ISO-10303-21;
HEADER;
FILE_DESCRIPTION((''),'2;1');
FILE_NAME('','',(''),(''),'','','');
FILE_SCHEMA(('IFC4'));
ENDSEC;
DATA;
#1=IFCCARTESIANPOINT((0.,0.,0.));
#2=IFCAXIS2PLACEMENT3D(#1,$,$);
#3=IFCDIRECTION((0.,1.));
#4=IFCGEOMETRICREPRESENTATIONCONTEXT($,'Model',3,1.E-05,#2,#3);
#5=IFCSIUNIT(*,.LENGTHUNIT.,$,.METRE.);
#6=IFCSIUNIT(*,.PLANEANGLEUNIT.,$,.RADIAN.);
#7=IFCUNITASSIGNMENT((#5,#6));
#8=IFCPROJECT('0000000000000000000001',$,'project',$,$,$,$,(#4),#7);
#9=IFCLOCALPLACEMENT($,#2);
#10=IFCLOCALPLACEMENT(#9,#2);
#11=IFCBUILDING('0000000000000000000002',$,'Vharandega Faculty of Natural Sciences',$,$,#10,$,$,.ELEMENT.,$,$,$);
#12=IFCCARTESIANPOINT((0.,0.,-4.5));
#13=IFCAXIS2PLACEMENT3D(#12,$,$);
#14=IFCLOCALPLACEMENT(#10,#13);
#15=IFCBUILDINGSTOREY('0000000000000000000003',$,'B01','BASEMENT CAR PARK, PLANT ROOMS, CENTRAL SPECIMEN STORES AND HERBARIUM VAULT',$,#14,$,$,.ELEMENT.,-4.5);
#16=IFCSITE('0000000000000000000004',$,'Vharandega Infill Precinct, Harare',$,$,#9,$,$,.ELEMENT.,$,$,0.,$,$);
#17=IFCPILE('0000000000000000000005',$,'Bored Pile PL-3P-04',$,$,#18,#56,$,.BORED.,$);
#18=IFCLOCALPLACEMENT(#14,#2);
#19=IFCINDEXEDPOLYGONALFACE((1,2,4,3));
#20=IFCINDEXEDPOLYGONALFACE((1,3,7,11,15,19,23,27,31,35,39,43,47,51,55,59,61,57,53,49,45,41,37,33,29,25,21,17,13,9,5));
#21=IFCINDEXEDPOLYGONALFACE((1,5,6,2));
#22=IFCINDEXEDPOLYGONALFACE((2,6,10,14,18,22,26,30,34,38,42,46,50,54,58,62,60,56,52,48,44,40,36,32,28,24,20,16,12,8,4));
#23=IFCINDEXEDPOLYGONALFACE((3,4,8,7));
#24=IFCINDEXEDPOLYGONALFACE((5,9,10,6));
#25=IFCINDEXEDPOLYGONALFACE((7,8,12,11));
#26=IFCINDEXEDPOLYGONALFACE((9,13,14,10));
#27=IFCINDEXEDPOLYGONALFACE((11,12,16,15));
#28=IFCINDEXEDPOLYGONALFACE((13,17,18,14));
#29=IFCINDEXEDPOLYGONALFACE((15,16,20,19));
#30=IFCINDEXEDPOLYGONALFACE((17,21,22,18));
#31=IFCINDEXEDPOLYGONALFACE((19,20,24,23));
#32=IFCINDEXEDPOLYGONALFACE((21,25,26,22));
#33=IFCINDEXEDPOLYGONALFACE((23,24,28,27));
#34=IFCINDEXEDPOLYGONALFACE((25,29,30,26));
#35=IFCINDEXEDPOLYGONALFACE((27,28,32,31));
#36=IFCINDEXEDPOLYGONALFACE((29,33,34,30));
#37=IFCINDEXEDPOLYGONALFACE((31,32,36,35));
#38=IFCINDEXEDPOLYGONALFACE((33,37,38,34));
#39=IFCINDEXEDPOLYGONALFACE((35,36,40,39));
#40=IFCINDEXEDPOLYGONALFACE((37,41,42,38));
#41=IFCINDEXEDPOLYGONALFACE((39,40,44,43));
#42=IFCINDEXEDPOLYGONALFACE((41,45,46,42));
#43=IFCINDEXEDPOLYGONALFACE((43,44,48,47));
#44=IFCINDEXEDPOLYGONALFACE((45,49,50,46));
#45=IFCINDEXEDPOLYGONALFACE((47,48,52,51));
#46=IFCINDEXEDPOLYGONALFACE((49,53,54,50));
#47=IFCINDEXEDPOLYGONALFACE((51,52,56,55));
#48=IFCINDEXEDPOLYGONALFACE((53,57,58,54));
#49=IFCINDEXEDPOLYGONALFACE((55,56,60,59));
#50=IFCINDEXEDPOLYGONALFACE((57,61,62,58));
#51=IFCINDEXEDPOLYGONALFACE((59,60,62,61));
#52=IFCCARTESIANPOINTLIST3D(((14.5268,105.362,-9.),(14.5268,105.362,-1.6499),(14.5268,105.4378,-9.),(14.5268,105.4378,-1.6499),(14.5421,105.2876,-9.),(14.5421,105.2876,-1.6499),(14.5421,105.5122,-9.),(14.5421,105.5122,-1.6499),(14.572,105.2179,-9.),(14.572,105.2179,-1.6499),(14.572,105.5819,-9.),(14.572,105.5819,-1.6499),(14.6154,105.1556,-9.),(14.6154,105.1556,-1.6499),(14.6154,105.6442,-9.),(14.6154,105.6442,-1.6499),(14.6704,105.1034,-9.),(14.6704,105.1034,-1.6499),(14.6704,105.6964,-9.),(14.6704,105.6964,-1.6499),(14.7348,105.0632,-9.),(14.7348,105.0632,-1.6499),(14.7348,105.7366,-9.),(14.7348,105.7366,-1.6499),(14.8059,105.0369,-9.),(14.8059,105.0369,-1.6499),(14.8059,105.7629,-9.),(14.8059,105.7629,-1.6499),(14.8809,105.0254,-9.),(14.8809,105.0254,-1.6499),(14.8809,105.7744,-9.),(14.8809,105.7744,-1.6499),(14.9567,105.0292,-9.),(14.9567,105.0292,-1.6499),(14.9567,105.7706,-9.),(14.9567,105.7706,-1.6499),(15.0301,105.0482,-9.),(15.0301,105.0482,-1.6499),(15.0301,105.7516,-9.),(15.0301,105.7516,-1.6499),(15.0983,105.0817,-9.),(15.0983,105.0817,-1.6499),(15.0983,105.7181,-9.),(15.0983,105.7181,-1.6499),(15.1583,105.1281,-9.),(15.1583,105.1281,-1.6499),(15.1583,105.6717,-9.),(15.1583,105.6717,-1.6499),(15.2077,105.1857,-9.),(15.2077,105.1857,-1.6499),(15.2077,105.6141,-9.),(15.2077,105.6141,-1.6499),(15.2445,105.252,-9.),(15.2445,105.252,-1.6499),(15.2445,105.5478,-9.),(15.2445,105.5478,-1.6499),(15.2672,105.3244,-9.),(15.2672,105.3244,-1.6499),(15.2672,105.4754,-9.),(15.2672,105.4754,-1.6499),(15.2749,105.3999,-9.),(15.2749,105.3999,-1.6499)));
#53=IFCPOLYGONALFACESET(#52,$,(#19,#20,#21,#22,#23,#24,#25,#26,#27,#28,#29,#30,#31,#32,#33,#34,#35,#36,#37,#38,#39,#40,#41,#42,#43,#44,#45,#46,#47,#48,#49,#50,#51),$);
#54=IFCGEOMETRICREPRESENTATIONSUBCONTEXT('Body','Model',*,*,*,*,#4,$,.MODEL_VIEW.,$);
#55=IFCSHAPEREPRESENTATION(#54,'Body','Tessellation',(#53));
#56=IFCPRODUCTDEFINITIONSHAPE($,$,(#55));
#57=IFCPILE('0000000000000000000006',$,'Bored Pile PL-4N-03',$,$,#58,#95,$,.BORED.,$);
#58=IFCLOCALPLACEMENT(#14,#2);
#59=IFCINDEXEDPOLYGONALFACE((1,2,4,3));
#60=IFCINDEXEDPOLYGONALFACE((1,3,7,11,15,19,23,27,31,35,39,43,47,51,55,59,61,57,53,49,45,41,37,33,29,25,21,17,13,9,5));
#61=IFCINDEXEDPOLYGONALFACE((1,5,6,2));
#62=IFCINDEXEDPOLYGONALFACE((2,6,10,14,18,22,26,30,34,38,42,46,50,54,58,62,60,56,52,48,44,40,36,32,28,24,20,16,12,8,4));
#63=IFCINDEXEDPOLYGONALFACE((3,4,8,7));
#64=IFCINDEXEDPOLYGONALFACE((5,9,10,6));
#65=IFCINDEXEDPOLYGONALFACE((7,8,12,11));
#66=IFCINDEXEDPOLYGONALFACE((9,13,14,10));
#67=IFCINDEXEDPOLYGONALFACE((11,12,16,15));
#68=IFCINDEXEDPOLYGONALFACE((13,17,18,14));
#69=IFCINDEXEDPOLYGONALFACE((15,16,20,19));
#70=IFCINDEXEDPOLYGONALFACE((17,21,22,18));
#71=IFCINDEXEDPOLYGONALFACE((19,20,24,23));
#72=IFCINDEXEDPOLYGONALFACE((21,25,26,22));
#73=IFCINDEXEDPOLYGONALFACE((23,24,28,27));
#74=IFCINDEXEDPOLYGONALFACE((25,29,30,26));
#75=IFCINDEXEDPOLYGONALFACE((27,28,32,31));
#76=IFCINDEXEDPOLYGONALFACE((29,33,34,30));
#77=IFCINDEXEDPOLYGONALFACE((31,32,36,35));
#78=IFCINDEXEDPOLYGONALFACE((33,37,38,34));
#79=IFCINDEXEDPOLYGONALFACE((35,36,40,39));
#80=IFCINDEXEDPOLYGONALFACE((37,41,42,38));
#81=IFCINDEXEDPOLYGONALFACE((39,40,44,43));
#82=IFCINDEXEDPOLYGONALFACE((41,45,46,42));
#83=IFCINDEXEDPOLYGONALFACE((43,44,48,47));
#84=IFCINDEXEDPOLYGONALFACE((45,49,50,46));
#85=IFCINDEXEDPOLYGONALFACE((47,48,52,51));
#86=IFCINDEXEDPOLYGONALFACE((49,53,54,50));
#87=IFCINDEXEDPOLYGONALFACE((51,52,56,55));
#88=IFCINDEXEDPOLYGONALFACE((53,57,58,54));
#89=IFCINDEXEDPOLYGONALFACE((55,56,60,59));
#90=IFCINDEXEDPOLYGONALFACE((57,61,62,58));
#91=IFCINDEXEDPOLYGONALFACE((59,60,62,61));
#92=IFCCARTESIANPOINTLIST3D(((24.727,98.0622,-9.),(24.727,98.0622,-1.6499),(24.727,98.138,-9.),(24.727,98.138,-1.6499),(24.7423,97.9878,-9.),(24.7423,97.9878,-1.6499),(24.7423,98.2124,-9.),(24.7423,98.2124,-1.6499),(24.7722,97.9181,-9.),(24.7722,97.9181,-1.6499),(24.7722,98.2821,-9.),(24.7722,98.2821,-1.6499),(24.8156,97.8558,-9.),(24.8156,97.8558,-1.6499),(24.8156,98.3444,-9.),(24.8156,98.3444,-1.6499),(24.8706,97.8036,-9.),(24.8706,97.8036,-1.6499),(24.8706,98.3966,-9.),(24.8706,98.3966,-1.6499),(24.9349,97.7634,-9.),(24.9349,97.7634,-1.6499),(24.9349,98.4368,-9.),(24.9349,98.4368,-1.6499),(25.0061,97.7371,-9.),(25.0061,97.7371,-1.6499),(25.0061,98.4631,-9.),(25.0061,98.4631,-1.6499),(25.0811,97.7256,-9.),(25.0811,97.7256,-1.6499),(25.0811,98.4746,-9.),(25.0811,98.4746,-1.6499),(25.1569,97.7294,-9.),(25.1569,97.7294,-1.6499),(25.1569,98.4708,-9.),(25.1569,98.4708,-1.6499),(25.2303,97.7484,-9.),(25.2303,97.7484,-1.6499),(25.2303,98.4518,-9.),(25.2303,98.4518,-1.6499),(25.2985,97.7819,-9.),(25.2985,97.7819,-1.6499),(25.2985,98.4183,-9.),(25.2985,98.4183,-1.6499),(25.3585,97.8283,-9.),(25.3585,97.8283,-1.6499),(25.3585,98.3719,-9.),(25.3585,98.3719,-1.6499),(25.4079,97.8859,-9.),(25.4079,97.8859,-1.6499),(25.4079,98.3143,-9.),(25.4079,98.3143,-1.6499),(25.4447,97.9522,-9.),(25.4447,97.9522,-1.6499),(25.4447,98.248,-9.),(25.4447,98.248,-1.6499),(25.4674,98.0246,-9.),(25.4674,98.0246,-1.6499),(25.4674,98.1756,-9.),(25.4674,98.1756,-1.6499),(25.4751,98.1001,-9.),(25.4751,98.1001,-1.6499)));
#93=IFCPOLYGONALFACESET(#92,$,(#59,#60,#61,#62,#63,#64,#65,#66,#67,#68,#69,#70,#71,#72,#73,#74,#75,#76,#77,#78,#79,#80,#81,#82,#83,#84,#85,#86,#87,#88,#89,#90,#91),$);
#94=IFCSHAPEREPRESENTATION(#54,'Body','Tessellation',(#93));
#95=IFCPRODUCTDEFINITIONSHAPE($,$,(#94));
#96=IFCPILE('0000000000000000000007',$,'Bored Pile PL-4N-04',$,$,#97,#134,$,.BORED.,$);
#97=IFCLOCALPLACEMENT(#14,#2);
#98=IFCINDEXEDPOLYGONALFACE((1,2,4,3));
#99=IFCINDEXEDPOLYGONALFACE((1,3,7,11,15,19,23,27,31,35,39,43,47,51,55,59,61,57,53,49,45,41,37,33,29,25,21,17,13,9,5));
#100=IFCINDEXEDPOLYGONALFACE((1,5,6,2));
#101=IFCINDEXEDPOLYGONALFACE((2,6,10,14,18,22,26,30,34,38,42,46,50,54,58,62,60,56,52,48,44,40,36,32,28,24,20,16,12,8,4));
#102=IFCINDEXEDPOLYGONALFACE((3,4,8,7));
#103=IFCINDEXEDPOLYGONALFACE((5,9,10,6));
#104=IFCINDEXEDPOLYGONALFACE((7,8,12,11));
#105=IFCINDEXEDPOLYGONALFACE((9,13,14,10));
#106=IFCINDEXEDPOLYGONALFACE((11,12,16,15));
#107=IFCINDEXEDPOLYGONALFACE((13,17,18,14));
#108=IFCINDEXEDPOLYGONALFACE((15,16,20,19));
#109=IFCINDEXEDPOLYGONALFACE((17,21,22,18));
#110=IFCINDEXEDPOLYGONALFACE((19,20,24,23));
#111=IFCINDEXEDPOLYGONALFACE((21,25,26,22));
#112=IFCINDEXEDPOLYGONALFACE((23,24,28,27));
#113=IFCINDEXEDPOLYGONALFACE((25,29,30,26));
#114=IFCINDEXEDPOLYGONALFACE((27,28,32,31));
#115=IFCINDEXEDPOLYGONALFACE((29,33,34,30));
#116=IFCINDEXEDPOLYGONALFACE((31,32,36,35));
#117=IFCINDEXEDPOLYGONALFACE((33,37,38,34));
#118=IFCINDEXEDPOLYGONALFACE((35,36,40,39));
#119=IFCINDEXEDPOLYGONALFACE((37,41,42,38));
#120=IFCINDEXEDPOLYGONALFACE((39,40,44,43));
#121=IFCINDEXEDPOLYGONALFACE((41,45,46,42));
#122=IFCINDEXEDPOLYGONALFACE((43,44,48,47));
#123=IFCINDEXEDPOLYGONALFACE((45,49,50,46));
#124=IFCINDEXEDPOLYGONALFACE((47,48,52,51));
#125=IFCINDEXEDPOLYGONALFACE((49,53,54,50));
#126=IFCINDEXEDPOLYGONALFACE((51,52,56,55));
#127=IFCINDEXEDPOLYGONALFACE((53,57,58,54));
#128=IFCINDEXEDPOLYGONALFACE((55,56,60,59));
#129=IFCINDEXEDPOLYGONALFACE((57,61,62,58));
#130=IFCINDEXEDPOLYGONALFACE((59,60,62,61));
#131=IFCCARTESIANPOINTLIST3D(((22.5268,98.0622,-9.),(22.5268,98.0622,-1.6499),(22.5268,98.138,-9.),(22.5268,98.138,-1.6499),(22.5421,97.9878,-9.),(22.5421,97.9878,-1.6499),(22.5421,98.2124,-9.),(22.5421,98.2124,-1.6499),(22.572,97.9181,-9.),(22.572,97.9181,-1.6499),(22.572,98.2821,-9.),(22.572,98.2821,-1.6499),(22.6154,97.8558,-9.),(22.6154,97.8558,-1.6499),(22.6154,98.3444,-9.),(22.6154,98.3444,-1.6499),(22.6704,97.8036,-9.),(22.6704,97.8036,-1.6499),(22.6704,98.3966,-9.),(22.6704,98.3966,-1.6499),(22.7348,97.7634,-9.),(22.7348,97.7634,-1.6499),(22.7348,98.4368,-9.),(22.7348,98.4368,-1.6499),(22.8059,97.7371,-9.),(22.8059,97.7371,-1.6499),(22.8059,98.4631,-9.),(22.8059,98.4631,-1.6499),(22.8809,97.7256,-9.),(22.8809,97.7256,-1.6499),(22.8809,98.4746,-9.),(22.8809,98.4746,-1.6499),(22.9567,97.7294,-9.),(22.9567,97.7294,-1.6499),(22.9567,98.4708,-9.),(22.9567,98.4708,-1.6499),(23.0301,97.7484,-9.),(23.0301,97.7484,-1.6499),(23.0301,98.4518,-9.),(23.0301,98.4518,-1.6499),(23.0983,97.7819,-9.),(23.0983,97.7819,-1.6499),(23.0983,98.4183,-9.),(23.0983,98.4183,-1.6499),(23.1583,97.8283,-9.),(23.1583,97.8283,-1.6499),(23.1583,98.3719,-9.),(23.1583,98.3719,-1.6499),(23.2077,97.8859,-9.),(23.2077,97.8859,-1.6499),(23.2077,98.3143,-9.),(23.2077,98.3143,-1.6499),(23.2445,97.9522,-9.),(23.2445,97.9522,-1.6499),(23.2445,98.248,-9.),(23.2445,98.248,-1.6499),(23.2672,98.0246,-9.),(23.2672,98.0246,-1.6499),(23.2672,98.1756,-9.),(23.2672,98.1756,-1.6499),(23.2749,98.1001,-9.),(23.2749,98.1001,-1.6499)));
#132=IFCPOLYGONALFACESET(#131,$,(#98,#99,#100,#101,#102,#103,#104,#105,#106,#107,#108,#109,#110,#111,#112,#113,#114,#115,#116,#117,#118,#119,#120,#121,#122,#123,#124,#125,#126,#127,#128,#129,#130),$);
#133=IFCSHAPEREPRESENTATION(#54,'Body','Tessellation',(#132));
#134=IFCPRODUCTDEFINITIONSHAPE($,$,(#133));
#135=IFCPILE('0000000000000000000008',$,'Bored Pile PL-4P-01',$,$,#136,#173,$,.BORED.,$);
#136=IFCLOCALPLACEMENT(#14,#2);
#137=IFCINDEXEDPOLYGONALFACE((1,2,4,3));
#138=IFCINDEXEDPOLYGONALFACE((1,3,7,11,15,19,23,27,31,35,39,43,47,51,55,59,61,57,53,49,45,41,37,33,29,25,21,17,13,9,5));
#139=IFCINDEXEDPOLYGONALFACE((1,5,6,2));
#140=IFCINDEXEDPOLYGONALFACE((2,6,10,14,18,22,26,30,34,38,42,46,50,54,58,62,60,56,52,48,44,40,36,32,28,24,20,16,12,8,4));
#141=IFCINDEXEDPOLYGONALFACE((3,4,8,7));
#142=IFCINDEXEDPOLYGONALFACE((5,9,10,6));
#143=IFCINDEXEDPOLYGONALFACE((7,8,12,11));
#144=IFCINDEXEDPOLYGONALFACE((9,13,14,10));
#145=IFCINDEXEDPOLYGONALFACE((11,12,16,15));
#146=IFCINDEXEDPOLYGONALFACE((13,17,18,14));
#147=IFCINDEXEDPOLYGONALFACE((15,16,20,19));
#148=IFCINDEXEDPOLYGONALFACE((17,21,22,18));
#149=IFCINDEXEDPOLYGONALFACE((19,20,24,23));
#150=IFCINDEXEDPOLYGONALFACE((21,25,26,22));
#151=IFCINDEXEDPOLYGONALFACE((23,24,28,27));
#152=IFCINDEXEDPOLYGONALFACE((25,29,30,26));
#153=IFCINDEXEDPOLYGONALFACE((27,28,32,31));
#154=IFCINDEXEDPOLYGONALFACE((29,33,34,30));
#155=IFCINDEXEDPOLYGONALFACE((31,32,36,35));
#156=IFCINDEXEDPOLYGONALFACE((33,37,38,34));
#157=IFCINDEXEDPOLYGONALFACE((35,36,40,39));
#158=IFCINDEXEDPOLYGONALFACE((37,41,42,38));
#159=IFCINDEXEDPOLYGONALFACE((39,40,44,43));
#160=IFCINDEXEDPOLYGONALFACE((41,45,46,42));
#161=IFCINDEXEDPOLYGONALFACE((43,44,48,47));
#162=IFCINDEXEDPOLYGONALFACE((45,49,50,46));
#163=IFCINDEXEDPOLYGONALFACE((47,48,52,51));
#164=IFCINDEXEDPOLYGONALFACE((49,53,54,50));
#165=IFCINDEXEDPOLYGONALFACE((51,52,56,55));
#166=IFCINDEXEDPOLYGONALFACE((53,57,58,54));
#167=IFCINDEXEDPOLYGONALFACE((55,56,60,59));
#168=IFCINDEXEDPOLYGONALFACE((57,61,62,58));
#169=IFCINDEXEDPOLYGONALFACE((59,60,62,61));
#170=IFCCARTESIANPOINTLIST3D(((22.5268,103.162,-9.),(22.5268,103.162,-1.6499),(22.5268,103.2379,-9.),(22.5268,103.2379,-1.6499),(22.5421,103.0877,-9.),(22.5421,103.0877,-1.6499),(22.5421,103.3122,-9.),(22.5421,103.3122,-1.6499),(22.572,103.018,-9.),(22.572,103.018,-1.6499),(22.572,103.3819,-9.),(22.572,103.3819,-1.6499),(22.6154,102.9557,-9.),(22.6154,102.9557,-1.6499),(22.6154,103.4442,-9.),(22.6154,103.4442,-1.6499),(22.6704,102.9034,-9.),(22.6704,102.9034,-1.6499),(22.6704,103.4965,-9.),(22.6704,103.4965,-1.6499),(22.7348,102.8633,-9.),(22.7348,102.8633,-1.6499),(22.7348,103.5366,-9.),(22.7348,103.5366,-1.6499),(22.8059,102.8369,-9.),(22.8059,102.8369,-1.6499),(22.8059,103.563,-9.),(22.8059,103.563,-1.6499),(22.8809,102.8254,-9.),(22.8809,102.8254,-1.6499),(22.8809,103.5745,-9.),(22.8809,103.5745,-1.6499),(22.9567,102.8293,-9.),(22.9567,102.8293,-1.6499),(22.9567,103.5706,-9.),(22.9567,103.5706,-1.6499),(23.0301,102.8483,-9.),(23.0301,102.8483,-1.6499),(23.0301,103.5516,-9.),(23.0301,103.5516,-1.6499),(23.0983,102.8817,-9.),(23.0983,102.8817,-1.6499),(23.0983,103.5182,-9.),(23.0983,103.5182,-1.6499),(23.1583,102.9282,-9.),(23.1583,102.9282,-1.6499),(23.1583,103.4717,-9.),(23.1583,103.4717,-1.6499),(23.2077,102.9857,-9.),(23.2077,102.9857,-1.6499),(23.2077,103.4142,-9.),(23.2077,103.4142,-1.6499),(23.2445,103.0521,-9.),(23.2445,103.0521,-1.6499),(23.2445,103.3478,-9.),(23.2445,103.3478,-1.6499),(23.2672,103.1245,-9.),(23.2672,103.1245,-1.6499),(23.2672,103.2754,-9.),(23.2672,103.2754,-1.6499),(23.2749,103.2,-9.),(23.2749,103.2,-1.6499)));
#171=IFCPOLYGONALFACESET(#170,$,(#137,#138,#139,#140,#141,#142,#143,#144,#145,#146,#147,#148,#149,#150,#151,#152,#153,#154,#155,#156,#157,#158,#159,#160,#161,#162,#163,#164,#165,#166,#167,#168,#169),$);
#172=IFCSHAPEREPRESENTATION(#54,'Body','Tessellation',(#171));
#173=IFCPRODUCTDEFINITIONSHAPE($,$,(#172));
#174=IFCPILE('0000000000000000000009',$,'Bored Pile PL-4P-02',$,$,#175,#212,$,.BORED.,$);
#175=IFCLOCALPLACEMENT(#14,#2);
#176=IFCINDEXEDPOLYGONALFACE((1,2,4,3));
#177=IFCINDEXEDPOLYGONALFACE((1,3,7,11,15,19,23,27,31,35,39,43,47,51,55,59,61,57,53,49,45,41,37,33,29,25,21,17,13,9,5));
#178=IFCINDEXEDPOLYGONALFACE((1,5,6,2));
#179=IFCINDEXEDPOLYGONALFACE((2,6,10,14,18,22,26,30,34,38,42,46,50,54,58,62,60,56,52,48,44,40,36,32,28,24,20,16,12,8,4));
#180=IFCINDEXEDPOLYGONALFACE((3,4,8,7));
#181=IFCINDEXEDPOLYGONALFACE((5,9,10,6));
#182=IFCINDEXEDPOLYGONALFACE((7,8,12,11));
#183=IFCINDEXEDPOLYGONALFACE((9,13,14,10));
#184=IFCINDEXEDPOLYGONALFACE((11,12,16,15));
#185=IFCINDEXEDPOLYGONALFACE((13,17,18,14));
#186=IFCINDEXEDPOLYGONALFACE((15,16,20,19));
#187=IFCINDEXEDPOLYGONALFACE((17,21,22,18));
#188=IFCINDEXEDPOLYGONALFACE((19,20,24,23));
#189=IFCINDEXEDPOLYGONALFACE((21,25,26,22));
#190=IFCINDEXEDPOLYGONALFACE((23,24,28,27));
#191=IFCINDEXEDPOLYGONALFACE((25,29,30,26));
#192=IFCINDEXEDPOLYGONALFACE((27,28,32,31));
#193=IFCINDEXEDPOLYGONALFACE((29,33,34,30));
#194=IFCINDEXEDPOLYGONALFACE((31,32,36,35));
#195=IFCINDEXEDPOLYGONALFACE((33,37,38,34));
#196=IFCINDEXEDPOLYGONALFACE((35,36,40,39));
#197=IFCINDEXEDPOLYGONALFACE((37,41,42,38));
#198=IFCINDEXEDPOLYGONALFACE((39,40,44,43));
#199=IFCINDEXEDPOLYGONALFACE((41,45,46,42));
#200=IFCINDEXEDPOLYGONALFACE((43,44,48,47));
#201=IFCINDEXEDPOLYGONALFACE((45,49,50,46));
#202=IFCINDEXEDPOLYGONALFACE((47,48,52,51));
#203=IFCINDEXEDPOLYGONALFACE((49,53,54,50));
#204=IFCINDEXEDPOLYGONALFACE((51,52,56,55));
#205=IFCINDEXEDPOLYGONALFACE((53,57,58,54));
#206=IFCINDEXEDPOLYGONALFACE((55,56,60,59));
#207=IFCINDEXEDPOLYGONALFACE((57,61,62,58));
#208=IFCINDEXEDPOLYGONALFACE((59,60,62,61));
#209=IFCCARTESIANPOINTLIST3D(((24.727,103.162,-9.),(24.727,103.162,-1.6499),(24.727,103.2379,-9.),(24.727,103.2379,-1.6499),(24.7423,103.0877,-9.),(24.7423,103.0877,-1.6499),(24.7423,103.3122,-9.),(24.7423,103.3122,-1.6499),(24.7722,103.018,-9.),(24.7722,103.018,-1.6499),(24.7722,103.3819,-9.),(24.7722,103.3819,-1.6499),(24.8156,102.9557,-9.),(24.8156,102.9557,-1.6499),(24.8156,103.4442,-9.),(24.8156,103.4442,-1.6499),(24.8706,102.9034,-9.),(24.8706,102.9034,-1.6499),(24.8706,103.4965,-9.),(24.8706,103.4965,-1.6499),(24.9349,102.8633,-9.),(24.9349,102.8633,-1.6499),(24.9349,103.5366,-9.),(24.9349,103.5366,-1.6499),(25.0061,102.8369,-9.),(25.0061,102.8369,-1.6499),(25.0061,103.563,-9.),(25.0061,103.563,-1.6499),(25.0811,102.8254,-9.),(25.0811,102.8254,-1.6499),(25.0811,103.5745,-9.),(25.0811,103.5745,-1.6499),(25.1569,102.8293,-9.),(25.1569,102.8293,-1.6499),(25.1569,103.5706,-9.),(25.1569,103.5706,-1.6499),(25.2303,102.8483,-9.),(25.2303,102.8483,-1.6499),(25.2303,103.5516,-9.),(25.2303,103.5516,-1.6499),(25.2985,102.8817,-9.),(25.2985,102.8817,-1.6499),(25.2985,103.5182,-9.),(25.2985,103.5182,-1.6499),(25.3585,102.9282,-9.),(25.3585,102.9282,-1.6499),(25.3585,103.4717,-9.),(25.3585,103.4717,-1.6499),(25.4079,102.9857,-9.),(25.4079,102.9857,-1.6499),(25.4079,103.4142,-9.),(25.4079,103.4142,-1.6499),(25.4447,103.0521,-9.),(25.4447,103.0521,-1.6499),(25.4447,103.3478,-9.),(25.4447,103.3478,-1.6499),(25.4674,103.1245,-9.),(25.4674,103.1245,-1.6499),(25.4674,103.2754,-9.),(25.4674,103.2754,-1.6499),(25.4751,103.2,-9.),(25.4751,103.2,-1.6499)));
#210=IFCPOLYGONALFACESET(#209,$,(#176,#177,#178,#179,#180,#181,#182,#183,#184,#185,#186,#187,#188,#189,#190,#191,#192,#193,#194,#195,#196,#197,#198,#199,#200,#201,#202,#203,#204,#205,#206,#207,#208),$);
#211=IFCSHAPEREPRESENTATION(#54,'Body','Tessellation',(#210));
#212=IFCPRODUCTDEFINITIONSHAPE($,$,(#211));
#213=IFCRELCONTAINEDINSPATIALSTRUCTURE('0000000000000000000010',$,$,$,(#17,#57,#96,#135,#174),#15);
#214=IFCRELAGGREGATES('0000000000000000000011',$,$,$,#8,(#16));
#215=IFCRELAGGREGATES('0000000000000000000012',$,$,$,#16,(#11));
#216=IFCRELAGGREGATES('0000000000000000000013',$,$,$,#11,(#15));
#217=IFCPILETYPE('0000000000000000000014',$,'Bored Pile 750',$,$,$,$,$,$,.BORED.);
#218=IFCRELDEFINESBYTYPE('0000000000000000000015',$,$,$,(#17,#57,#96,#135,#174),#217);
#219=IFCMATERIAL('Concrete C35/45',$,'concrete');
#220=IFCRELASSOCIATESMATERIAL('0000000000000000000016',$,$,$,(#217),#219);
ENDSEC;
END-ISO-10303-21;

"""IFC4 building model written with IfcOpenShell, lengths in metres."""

from ifc_helpers import new_model, si_unit, direction, frame, origin, origin_2d, place, context, subcontext, project, spatial, circle, extrude, material, material_profile, profile_set, type_object, element, save


model = new_model("IFC4")

# Units and contexts
model_context = context("Model", 3, precision=1e-05, world=origin(), true_north=direction((0.0, 1.0)))
body_context = subcontext(model_context, "Body", "Model", "MODEL_VIEW")
ifc_project = project(units=[si_unit("LENGTHUNIT", "METRE"), si_unit("PLANEANGLEUNIT", "RADIAN")], contexts=[model_context])

# Site, building, storey
site_placement = place(None, origin())
site = spatial("IfcSite", under=ifc_project, at=site_placement, Name="Vharandega Infill Precinct, Harare", CompositionType="ELEMENT", RefElevation=0.0)
building_placement = place(site_placement, origin())
building = spatial("IfcBuilding", under=site, at=building_placement, Name="Vharandega Faculty of Natural Sciences", CompositionType="ELEMENT")
storey_placement = place(building_placement, frame((0.0, 0.0, -4.5)))
storey = spatial("IfcBuildingStorey", under=building, at=storey_placement, Name="B01", Description="BASEMENT CAR PARK, PLANT ROOMS, CENTRAL SPECIMEN STORES AND HERBARIUM VAULT", CompositionType="ELEMENT", Elevation=-4.5)

# Piles
ifc_material_1 = material(Name="Concrete C35/45", Category="concrete")
ifc_material_profile_1 = material_profile(ifc_material_1, circle(Radius=0.375, at=origin_2d()), Name="PILE 750")
ifc_profile_set_1 = profile_set([ifc_material_profile_1], Name="Concrete C35/45")
pile_type = type_object("IfcPileType", Name="Bored Pile 750", PredefinedType="BORED", material=ifc_profile_set_1)
for number, where, z_axis, x_axis, name in (
    (1, (14.8999, 105.3999, -1.6499), (0.0, 0.0, -1.0), (1.0, 0.0, 0.0), "Bored Pile PL-3P-04"),
    (2, (25.1001, 98.1001, -1.6499), (0.0, 0.0, -1.0), (1.0, 0.0, 0.0), "Bored Pile PL-4N-03"),
    (3, (22.8999, 98.1001, -1.6499), (0.0, 0.0, -1.0), (1.0, 0.0, 0.0), "Bored Pile PL-4N-04"),
    (4, (22.8999, 103.2, -1.6499), (0.0, 0.0, -1.0), (1.0, 0.0, 0.0), "Bored Pile PL-4P-01"),
    (5, (25.1001, 103.2, -1.6499), (0.0, 0.0, -1.0), (1.0, 0.0, 0.0), "Bored Pile PL-4P-02"),
):
    element("IfcPile", number, at=place(storey_placement, frame(where, z_axis=z_axis, x_axis=x_axis)), inside=storey, type_object=pile_type, Name=name, PredefinedType="BORED", context=body_context, shape_type="SweptSolid", body=[
        extrude(circle(Radius=0.375, at=origin_2d()), origin(), (0.0, 0.0, 1.0), 7.3501),
    ])

save(model, "model.ifc")
